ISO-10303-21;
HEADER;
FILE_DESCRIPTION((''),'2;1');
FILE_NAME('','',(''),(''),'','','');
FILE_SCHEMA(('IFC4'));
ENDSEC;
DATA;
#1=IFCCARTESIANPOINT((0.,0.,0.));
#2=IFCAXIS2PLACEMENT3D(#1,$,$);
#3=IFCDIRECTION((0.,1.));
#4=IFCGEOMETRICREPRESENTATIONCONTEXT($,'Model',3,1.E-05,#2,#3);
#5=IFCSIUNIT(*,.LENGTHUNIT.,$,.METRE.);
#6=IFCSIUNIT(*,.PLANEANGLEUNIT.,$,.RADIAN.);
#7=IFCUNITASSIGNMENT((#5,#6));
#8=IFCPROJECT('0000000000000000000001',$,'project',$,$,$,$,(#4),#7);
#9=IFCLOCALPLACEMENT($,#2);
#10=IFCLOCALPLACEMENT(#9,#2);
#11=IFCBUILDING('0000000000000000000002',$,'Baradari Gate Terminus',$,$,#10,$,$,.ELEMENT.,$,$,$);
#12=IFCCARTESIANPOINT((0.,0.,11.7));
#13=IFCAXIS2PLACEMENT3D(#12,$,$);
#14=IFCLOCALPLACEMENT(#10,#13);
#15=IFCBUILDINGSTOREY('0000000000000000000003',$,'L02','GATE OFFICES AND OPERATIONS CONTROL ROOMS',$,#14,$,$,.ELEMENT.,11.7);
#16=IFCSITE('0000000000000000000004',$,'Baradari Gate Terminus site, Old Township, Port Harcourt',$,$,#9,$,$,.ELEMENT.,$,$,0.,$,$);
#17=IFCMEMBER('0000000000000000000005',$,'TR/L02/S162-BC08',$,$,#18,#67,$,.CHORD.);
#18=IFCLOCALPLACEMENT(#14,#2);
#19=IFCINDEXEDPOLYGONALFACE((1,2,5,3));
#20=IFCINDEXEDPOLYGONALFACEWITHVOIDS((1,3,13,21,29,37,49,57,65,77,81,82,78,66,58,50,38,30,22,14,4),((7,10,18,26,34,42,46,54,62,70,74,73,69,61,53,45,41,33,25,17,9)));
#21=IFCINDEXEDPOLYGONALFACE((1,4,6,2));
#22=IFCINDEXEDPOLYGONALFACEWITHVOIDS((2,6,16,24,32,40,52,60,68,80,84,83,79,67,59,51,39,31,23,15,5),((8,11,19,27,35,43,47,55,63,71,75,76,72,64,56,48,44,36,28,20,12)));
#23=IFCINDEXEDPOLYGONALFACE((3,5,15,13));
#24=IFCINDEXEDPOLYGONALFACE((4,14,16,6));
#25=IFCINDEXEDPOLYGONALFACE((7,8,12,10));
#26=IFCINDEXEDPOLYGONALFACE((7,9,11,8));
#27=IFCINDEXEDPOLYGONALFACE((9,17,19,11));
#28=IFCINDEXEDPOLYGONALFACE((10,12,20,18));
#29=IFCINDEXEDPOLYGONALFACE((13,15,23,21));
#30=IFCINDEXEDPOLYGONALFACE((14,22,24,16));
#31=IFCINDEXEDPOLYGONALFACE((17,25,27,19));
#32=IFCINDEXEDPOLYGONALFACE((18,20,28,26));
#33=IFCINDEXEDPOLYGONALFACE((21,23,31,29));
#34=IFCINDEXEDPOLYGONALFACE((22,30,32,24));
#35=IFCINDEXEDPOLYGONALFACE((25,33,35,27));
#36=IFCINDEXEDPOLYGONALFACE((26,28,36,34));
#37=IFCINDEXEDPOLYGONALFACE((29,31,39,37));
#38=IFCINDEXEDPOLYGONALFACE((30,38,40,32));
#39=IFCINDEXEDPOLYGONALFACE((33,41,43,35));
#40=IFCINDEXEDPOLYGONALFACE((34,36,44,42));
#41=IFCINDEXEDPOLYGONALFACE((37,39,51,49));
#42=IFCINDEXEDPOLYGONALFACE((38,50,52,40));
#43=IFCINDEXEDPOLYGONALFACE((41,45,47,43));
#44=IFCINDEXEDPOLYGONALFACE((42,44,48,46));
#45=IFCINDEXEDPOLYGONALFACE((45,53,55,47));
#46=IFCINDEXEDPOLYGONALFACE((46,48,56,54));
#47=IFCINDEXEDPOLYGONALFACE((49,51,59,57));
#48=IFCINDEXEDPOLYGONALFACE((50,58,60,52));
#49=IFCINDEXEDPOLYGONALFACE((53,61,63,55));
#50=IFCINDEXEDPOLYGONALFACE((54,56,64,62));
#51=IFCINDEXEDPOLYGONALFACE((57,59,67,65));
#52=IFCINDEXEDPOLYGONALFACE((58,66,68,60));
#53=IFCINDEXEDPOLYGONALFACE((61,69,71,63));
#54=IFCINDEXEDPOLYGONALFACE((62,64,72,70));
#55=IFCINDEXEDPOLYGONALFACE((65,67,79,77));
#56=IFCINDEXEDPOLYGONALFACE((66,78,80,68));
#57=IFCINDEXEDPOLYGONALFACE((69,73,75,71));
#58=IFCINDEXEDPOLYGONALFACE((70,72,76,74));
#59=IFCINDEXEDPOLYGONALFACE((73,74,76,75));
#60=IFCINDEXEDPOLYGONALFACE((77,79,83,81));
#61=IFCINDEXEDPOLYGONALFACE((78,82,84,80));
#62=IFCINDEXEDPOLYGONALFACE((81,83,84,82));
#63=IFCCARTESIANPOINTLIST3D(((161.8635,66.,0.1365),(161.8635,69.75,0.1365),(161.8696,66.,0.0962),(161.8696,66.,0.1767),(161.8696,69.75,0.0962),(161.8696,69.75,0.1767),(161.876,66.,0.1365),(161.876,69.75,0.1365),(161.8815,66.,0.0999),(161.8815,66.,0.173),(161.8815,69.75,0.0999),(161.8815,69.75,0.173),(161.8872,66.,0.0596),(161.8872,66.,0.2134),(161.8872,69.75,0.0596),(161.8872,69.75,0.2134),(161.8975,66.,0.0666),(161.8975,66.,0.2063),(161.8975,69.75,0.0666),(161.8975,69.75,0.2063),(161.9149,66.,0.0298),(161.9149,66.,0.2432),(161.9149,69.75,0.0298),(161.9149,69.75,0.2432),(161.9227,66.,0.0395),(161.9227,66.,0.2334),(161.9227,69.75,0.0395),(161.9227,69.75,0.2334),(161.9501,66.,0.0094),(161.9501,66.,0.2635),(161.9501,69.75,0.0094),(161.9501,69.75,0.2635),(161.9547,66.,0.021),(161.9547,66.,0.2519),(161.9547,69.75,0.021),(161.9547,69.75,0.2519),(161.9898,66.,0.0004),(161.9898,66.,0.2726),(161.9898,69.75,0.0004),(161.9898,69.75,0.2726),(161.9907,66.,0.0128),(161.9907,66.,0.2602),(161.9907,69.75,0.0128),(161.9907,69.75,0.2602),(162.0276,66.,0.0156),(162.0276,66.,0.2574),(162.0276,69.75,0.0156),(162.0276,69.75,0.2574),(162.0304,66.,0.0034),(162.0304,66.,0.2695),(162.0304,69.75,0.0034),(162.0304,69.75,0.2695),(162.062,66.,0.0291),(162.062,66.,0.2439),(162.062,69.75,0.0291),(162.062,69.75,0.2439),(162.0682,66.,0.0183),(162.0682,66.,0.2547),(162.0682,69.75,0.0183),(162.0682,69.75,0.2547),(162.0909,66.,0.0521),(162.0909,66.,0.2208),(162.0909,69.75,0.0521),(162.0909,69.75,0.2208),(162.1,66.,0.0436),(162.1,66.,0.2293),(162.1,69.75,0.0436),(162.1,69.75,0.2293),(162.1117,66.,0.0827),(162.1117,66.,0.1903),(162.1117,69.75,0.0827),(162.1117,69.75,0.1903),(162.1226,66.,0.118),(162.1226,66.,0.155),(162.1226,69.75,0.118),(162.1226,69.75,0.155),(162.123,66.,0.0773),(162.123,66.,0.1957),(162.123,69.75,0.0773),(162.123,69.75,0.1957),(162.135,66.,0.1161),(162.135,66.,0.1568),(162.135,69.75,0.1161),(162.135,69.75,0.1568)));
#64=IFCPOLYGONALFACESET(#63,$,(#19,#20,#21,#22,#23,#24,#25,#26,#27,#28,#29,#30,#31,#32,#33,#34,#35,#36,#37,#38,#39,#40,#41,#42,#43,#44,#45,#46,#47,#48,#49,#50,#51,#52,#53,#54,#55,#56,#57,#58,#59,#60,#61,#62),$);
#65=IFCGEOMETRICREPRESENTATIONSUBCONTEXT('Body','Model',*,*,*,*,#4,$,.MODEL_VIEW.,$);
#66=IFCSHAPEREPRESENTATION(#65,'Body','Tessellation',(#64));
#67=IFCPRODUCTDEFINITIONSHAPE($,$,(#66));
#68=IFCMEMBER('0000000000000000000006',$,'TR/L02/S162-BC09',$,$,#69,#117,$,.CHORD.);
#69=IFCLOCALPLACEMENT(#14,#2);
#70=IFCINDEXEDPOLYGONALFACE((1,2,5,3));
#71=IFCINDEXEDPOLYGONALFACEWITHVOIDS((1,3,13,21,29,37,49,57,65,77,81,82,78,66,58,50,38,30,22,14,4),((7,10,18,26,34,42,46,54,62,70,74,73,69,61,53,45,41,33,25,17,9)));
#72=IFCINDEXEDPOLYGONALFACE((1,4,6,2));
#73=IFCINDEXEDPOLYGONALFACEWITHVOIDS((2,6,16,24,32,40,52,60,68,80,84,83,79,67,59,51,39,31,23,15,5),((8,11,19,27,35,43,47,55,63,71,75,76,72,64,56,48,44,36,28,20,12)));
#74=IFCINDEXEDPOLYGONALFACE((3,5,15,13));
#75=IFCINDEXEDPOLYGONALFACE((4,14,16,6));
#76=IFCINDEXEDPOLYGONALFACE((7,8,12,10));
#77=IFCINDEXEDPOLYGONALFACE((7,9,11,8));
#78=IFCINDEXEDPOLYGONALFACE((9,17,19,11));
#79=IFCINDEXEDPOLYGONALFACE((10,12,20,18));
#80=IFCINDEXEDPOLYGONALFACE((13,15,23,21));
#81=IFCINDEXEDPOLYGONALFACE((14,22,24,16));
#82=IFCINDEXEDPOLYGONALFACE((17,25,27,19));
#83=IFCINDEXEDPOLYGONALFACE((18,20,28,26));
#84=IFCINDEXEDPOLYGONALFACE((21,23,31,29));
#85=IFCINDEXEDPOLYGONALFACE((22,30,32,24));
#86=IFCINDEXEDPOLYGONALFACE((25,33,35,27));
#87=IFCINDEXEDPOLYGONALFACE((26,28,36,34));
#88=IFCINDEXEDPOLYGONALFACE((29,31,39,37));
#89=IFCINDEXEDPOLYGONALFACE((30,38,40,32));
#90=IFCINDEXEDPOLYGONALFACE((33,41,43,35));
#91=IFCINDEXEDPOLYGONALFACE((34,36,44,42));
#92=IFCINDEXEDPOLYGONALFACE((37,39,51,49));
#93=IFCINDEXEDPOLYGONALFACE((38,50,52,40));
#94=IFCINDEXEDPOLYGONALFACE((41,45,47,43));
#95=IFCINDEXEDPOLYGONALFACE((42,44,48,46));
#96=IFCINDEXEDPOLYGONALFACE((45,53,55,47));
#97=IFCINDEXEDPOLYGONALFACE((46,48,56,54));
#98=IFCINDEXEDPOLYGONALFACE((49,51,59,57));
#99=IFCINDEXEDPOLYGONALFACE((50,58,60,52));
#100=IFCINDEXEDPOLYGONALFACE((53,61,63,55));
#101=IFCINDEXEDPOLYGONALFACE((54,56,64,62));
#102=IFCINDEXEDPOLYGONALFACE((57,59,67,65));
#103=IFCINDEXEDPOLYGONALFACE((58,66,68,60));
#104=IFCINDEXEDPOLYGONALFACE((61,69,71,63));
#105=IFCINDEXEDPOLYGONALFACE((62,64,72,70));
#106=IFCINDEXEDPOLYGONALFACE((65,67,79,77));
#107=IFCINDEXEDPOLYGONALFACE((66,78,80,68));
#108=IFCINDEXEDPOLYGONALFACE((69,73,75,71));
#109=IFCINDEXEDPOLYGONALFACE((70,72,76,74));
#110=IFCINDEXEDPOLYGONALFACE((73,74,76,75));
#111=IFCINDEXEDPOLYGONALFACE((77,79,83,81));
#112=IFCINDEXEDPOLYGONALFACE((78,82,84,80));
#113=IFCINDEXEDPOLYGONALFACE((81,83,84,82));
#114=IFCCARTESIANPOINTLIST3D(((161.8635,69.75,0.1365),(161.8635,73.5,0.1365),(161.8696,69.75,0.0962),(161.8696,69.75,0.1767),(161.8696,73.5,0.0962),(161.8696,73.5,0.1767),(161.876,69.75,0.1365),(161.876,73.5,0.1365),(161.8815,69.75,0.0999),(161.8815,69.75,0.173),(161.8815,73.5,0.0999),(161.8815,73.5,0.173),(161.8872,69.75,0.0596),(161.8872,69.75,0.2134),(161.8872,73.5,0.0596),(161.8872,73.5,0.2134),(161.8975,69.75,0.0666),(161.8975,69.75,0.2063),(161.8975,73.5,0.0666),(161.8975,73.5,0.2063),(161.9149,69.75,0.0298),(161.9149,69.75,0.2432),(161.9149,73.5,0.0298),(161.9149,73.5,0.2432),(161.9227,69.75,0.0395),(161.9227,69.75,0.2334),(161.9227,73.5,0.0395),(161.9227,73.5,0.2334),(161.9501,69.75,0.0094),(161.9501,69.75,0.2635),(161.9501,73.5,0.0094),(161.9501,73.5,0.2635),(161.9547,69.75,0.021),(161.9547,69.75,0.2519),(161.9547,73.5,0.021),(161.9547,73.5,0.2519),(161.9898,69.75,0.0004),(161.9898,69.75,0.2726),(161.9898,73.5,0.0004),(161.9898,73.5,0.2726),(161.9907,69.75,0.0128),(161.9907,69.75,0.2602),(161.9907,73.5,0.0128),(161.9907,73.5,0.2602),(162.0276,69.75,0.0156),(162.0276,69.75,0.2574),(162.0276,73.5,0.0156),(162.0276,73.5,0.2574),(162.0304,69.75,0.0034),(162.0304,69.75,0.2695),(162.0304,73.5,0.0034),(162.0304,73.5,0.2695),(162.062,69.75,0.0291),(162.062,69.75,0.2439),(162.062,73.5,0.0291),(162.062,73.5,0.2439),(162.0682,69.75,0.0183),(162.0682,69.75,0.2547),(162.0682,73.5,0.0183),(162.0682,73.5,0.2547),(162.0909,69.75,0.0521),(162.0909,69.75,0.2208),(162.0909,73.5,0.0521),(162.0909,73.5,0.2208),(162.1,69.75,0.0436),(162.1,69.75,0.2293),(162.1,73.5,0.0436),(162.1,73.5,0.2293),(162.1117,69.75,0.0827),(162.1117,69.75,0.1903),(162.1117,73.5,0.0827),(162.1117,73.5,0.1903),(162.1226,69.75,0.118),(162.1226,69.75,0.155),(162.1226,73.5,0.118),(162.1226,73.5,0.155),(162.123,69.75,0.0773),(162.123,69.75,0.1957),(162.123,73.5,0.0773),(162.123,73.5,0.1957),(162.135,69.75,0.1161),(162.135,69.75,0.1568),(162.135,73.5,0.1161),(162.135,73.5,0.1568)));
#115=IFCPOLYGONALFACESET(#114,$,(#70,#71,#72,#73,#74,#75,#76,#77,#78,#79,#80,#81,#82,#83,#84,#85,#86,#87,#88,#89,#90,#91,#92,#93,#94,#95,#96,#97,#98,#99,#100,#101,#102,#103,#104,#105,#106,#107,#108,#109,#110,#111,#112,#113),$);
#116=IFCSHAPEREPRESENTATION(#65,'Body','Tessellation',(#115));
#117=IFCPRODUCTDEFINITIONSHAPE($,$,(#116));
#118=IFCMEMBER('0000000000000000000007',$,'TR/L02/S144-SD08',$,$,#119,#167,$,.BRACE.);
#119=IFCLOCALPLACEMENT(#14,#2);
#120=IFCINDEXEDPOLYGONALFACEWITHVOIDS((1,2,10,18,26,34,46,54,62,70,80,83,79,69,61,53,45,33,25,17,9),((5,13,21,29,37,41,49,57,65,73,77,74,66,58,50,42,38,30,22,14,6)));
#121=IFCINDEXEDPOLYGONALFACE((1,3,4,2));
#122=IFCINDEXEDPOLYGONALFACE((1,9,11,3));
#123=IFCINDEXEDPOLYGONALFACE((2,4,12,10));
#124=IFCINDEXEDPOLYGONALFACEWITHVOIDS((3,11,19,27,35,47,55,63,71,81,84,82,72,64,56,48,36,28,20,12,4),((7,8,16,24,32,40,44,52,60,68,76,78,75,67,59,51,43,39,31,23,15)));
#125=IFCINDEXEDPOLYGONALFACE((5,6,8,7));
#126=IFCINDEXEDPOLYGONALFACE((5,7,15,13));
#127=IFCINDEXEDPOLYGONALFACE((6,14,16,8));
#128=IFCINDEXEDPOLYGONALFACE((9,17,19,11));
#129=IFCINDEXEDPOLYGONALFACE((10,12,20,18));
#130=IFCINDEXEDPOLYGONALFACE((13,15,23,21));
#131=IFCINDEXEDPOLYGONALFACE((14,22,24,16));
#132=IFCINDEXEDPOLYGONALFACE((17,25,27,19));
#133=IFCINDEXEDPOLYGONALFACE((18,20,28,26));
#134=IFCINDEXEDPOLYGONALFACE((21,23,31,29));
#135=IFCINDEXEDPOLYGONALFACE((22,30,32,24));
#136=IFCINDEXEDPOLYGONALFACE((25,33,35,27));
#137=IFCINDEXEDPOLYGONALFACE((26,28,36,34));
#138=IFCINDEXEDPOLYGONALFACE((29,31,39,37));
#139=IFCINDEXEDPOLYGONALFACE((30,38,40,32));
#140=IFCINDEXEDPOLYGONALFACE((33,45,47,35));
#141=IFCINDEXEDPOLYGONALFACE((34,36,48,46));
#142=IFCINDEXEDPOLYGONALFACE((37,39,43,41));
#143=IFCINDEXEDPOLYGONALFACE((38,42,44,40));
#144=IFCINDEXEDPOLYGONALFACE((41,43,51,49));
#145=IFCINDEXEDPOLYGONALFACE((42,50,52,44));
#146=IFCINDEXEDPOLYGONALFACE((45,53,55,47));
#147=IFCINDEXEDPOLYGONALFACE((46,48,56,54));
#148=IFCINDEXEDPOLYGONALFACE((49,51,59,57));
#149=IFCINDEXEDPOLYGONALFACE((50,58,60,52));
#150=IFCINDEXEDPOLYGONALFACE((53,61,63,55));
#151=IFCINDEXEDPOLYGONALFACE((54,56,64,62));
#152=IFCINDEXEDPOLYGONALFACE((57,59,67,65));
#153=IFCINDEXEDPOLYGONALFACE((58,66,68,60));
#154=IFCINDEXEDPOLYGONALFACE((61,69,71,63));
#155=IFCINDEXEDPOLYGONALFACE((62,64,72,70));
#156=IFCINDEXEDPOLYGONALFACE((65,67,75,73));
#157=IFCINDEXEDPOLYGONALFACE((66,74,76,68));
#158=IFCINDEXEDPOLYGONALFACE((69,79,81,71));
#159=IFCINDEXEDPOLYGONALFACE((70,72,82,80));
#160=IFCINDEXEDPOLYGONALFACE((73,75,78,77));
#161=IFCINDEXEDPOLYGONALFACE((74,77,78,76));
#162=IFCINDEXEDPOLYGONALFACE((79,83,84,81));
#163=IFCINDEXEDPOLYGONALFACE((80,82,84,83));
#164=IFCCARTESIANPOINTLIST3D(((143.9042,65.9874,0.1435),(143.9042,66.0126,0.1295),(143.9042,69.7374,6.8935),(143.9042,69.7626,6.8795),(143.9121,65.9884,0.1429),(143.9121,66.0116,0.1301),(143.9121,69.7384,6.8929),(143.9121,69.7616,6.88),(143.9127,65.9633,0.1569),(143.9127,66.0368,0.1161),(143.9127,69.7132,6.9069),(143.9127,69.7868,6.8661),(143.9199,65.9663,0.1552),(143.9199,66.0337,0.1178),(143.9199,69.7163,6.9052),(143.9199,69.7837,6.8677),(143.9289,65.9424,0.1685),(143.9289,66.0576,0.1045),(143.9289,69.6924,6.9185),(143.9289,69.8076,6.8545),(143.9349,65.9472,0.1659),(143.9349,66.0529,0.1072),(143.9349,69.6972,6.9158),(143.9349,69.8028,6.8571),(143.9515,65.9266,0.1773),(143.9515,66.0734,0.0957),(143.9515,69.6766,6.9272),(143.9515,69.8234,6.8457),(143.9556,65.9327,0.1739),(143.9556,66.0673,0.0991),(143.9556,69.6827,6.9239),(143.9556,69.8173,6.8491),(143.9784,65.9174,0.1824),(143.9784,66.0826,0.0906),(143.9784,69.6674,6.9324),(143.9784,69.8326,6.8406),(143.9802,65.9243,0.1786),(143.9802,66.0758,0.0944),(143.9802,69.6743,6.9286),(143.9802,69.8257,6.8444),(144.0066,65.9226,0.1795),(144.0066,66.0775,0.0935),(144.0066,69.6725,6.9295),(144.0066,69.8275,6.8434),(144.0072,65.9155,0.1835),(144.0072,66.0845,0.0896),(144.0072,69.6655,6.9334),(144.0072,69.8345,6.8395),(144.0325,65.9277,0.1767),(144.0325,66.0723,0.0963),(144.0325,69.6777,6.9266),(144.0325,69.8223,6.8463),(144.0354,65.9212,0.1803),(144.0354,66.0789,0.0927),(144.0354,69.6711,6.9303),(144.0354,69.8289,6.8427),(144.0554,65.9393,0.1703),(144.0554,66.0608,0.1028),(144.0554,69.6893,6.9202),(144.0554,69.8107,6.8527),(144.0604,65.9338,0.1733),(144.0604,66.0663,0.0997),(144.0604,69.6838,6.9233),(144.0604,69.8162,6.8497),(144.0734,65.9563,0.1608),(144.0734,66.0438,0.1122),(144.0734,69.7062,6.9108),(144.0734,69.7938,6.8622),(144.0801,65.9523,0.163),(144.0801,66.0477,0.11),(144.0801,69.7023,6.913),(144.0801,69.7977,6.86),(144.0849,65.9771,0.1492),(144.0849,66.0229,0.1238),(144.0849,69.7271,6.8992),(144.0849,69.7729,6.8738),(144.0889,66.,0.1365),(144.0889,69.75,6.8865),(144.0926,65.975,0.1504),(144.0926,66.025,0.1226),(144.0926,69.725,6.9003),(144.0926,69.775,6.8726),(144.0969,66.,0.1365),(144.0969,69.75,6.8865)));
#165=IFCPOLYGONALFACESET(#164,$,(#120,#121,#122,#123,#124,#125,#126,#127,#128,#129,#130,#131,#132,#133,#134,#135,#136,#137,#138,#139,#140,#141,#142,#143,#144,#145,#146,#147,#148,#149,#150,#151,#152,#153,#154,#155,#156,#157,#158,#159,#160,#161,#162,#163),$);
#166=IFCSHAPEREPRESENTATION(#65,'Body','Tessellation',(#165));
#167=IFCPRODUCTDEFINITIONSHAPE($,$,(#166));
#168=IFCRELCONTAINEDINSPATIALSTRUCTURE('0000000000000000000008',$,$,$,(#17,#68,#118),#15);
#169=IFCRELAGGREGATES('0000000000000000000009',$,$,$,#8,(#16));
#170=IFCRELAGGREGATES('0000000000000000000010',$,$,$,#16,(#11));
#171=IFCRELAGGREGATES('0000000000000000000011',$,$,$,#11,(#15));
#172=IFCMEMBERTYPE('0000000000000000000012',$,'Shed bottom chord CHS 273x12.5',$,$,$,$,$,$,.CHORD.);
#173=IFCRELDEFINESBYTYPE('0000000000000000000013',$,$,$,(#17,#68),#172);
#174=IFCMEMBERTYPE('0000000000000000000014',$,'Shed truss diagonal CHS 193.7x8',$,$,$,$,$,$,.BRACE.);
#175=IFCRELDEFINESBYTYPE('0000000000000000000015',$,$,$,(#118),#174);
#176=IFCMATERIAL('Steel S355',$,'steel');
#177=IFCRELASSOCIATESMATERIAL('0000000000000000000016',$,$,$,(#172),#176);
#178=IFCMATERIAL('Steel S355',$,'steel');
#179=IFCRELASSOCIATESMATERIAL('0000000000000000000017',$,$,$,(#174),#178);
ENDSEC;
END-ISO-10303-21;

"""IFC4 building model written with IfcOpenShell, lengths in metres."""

from ifc_helpers import new_model, si_unit, direction, frame, origin, origin_2d, place, context, subcontext, project, spatial, hollow_circle, extrude, material, material_profile, profile_set, type_object, element, save


model = new_model("IFC4")

# Units and contexts
model_context = context("Model", 3, precision=1e-05, world=origin(), true_north=direction((0.0, 1.0)))
body_context = subcontext(model_context, "Body", "Model", "MODEL_VIEW")
ifc_project = project(units=[si_unit("LENGTHUNIT", "METRE"), si_unit("PLANEANGLEUNIT", "RADIAN")], contexts=[model_context])

# Site, building, storey
site_placement = place(None, origin())
site = spatial("IfcSite", under=ifc_project, at=site_placement, Name="Baradari Gate Terminus site, Old Township, Port Harcourt", CompositionType="ELEMENT", RefElevation=0.0)
building_placement = place(site_placement, origin())
building = spatial("IfcBuilding", under=site, at=building_placement, Name="Baradari Gate Terminus", CompositionType="ELEMENT")
storey_placement = place(building_placement, frame((0.0, 0.0, 11.7)))
storey = spatial("IfcBuildingStorey", under=building, at=storey_placement, Name="L02", Description="GATE OFFICES AND OPERATIONS CONTROL ROOMS", CompositionType="ELEMENT", Elevation=11.7)

# Members
ifc_material_1 = material(Name="Steel S355", Category="steel")
ifc_material_profile_1 = material_profile(ifc_material_1, hollow_circle(Radius=0.1365, WallThickness=0.0125, at=origin_2d()), Name="CHS 273x12.5")
ifc_profile_set_1 = profile_set([ifc_material_profile_1], Name="Steel S355")
member_type_1 = type_object("IfcMemberType", Name="Shed bottom chord CHS 273x12.5", PredefinedType="CHORD", material=ifc_profile_set_1)
for number, where, z_axis, x_axis, name in (
    (1, (162.0, 66.0, 0.1365), (0.0, 1.0, 0.0), (-1.0, 0.0, 0.0), "TR/L02/S162-BC08"),
    (2, (162.0, 69.75, 0.1365), (0.0, 1.0, 0.0), (-1.0, 0.0, 0.0), "TR/L02/S162-BC09"),
):
    element("IfcMember", number, at=place(storey_placement, frame(where, z_axis=z_axis, x_axis=x_axis)), inside=storey, type_object=member_type_1, Name=name, PredefinedType="CHORD", context=body_context, shape_type="SweptSolid", body=[
        extrude(hollow_circle(Radius=0.1365, WallThickness=0.0125, at=origin_2d()), origin(), (0.0, 0.0, 1.0), 3.75),
    ])
ifc_material_2 = material(Name="Steel S355", Category="steel")
ifc_material_profile_2 = material_profile(ifc_material_2, hollow_circle(Radius=0.0969, WallThickness=0.0081, at=origin_2d()), Name="CHS 193.7x8")
ifc_profile_set_2 = profile_set([ifc_material_profile_2], Name="Steel S355")
member_type_2 = type_object("IfcMemberType", Name="Shed truss diagonal CHS 193.7x8", PredefinedType="BRACE", material=ifc_profile_set_2)
for number, where, z_axis, x_axis, name in (
    (3, (144.0, 69.75, 6.8865), (0.0, -0.485643, -0.874157), (1.0, 0.0, 0.0), "TR/L02/S144-SD08"),
):
    element("IfcMember", number, at=place(storey_placement, frame(where, z_axis=z_axis, x_axis=x_axis)), inside=storey, type_object=member_type_2, Name=name, PredefinedType="BRACE", context=body_context, shape_type="SweptSolid", body=[
        extrude(hollow_circle(Radius=0.0969, WallThickness=0.0081, at=origin_2d()), origin(), (0.0, 0.0, 1.0), 7.7217),
    ])

save(model, "model.ifc")
